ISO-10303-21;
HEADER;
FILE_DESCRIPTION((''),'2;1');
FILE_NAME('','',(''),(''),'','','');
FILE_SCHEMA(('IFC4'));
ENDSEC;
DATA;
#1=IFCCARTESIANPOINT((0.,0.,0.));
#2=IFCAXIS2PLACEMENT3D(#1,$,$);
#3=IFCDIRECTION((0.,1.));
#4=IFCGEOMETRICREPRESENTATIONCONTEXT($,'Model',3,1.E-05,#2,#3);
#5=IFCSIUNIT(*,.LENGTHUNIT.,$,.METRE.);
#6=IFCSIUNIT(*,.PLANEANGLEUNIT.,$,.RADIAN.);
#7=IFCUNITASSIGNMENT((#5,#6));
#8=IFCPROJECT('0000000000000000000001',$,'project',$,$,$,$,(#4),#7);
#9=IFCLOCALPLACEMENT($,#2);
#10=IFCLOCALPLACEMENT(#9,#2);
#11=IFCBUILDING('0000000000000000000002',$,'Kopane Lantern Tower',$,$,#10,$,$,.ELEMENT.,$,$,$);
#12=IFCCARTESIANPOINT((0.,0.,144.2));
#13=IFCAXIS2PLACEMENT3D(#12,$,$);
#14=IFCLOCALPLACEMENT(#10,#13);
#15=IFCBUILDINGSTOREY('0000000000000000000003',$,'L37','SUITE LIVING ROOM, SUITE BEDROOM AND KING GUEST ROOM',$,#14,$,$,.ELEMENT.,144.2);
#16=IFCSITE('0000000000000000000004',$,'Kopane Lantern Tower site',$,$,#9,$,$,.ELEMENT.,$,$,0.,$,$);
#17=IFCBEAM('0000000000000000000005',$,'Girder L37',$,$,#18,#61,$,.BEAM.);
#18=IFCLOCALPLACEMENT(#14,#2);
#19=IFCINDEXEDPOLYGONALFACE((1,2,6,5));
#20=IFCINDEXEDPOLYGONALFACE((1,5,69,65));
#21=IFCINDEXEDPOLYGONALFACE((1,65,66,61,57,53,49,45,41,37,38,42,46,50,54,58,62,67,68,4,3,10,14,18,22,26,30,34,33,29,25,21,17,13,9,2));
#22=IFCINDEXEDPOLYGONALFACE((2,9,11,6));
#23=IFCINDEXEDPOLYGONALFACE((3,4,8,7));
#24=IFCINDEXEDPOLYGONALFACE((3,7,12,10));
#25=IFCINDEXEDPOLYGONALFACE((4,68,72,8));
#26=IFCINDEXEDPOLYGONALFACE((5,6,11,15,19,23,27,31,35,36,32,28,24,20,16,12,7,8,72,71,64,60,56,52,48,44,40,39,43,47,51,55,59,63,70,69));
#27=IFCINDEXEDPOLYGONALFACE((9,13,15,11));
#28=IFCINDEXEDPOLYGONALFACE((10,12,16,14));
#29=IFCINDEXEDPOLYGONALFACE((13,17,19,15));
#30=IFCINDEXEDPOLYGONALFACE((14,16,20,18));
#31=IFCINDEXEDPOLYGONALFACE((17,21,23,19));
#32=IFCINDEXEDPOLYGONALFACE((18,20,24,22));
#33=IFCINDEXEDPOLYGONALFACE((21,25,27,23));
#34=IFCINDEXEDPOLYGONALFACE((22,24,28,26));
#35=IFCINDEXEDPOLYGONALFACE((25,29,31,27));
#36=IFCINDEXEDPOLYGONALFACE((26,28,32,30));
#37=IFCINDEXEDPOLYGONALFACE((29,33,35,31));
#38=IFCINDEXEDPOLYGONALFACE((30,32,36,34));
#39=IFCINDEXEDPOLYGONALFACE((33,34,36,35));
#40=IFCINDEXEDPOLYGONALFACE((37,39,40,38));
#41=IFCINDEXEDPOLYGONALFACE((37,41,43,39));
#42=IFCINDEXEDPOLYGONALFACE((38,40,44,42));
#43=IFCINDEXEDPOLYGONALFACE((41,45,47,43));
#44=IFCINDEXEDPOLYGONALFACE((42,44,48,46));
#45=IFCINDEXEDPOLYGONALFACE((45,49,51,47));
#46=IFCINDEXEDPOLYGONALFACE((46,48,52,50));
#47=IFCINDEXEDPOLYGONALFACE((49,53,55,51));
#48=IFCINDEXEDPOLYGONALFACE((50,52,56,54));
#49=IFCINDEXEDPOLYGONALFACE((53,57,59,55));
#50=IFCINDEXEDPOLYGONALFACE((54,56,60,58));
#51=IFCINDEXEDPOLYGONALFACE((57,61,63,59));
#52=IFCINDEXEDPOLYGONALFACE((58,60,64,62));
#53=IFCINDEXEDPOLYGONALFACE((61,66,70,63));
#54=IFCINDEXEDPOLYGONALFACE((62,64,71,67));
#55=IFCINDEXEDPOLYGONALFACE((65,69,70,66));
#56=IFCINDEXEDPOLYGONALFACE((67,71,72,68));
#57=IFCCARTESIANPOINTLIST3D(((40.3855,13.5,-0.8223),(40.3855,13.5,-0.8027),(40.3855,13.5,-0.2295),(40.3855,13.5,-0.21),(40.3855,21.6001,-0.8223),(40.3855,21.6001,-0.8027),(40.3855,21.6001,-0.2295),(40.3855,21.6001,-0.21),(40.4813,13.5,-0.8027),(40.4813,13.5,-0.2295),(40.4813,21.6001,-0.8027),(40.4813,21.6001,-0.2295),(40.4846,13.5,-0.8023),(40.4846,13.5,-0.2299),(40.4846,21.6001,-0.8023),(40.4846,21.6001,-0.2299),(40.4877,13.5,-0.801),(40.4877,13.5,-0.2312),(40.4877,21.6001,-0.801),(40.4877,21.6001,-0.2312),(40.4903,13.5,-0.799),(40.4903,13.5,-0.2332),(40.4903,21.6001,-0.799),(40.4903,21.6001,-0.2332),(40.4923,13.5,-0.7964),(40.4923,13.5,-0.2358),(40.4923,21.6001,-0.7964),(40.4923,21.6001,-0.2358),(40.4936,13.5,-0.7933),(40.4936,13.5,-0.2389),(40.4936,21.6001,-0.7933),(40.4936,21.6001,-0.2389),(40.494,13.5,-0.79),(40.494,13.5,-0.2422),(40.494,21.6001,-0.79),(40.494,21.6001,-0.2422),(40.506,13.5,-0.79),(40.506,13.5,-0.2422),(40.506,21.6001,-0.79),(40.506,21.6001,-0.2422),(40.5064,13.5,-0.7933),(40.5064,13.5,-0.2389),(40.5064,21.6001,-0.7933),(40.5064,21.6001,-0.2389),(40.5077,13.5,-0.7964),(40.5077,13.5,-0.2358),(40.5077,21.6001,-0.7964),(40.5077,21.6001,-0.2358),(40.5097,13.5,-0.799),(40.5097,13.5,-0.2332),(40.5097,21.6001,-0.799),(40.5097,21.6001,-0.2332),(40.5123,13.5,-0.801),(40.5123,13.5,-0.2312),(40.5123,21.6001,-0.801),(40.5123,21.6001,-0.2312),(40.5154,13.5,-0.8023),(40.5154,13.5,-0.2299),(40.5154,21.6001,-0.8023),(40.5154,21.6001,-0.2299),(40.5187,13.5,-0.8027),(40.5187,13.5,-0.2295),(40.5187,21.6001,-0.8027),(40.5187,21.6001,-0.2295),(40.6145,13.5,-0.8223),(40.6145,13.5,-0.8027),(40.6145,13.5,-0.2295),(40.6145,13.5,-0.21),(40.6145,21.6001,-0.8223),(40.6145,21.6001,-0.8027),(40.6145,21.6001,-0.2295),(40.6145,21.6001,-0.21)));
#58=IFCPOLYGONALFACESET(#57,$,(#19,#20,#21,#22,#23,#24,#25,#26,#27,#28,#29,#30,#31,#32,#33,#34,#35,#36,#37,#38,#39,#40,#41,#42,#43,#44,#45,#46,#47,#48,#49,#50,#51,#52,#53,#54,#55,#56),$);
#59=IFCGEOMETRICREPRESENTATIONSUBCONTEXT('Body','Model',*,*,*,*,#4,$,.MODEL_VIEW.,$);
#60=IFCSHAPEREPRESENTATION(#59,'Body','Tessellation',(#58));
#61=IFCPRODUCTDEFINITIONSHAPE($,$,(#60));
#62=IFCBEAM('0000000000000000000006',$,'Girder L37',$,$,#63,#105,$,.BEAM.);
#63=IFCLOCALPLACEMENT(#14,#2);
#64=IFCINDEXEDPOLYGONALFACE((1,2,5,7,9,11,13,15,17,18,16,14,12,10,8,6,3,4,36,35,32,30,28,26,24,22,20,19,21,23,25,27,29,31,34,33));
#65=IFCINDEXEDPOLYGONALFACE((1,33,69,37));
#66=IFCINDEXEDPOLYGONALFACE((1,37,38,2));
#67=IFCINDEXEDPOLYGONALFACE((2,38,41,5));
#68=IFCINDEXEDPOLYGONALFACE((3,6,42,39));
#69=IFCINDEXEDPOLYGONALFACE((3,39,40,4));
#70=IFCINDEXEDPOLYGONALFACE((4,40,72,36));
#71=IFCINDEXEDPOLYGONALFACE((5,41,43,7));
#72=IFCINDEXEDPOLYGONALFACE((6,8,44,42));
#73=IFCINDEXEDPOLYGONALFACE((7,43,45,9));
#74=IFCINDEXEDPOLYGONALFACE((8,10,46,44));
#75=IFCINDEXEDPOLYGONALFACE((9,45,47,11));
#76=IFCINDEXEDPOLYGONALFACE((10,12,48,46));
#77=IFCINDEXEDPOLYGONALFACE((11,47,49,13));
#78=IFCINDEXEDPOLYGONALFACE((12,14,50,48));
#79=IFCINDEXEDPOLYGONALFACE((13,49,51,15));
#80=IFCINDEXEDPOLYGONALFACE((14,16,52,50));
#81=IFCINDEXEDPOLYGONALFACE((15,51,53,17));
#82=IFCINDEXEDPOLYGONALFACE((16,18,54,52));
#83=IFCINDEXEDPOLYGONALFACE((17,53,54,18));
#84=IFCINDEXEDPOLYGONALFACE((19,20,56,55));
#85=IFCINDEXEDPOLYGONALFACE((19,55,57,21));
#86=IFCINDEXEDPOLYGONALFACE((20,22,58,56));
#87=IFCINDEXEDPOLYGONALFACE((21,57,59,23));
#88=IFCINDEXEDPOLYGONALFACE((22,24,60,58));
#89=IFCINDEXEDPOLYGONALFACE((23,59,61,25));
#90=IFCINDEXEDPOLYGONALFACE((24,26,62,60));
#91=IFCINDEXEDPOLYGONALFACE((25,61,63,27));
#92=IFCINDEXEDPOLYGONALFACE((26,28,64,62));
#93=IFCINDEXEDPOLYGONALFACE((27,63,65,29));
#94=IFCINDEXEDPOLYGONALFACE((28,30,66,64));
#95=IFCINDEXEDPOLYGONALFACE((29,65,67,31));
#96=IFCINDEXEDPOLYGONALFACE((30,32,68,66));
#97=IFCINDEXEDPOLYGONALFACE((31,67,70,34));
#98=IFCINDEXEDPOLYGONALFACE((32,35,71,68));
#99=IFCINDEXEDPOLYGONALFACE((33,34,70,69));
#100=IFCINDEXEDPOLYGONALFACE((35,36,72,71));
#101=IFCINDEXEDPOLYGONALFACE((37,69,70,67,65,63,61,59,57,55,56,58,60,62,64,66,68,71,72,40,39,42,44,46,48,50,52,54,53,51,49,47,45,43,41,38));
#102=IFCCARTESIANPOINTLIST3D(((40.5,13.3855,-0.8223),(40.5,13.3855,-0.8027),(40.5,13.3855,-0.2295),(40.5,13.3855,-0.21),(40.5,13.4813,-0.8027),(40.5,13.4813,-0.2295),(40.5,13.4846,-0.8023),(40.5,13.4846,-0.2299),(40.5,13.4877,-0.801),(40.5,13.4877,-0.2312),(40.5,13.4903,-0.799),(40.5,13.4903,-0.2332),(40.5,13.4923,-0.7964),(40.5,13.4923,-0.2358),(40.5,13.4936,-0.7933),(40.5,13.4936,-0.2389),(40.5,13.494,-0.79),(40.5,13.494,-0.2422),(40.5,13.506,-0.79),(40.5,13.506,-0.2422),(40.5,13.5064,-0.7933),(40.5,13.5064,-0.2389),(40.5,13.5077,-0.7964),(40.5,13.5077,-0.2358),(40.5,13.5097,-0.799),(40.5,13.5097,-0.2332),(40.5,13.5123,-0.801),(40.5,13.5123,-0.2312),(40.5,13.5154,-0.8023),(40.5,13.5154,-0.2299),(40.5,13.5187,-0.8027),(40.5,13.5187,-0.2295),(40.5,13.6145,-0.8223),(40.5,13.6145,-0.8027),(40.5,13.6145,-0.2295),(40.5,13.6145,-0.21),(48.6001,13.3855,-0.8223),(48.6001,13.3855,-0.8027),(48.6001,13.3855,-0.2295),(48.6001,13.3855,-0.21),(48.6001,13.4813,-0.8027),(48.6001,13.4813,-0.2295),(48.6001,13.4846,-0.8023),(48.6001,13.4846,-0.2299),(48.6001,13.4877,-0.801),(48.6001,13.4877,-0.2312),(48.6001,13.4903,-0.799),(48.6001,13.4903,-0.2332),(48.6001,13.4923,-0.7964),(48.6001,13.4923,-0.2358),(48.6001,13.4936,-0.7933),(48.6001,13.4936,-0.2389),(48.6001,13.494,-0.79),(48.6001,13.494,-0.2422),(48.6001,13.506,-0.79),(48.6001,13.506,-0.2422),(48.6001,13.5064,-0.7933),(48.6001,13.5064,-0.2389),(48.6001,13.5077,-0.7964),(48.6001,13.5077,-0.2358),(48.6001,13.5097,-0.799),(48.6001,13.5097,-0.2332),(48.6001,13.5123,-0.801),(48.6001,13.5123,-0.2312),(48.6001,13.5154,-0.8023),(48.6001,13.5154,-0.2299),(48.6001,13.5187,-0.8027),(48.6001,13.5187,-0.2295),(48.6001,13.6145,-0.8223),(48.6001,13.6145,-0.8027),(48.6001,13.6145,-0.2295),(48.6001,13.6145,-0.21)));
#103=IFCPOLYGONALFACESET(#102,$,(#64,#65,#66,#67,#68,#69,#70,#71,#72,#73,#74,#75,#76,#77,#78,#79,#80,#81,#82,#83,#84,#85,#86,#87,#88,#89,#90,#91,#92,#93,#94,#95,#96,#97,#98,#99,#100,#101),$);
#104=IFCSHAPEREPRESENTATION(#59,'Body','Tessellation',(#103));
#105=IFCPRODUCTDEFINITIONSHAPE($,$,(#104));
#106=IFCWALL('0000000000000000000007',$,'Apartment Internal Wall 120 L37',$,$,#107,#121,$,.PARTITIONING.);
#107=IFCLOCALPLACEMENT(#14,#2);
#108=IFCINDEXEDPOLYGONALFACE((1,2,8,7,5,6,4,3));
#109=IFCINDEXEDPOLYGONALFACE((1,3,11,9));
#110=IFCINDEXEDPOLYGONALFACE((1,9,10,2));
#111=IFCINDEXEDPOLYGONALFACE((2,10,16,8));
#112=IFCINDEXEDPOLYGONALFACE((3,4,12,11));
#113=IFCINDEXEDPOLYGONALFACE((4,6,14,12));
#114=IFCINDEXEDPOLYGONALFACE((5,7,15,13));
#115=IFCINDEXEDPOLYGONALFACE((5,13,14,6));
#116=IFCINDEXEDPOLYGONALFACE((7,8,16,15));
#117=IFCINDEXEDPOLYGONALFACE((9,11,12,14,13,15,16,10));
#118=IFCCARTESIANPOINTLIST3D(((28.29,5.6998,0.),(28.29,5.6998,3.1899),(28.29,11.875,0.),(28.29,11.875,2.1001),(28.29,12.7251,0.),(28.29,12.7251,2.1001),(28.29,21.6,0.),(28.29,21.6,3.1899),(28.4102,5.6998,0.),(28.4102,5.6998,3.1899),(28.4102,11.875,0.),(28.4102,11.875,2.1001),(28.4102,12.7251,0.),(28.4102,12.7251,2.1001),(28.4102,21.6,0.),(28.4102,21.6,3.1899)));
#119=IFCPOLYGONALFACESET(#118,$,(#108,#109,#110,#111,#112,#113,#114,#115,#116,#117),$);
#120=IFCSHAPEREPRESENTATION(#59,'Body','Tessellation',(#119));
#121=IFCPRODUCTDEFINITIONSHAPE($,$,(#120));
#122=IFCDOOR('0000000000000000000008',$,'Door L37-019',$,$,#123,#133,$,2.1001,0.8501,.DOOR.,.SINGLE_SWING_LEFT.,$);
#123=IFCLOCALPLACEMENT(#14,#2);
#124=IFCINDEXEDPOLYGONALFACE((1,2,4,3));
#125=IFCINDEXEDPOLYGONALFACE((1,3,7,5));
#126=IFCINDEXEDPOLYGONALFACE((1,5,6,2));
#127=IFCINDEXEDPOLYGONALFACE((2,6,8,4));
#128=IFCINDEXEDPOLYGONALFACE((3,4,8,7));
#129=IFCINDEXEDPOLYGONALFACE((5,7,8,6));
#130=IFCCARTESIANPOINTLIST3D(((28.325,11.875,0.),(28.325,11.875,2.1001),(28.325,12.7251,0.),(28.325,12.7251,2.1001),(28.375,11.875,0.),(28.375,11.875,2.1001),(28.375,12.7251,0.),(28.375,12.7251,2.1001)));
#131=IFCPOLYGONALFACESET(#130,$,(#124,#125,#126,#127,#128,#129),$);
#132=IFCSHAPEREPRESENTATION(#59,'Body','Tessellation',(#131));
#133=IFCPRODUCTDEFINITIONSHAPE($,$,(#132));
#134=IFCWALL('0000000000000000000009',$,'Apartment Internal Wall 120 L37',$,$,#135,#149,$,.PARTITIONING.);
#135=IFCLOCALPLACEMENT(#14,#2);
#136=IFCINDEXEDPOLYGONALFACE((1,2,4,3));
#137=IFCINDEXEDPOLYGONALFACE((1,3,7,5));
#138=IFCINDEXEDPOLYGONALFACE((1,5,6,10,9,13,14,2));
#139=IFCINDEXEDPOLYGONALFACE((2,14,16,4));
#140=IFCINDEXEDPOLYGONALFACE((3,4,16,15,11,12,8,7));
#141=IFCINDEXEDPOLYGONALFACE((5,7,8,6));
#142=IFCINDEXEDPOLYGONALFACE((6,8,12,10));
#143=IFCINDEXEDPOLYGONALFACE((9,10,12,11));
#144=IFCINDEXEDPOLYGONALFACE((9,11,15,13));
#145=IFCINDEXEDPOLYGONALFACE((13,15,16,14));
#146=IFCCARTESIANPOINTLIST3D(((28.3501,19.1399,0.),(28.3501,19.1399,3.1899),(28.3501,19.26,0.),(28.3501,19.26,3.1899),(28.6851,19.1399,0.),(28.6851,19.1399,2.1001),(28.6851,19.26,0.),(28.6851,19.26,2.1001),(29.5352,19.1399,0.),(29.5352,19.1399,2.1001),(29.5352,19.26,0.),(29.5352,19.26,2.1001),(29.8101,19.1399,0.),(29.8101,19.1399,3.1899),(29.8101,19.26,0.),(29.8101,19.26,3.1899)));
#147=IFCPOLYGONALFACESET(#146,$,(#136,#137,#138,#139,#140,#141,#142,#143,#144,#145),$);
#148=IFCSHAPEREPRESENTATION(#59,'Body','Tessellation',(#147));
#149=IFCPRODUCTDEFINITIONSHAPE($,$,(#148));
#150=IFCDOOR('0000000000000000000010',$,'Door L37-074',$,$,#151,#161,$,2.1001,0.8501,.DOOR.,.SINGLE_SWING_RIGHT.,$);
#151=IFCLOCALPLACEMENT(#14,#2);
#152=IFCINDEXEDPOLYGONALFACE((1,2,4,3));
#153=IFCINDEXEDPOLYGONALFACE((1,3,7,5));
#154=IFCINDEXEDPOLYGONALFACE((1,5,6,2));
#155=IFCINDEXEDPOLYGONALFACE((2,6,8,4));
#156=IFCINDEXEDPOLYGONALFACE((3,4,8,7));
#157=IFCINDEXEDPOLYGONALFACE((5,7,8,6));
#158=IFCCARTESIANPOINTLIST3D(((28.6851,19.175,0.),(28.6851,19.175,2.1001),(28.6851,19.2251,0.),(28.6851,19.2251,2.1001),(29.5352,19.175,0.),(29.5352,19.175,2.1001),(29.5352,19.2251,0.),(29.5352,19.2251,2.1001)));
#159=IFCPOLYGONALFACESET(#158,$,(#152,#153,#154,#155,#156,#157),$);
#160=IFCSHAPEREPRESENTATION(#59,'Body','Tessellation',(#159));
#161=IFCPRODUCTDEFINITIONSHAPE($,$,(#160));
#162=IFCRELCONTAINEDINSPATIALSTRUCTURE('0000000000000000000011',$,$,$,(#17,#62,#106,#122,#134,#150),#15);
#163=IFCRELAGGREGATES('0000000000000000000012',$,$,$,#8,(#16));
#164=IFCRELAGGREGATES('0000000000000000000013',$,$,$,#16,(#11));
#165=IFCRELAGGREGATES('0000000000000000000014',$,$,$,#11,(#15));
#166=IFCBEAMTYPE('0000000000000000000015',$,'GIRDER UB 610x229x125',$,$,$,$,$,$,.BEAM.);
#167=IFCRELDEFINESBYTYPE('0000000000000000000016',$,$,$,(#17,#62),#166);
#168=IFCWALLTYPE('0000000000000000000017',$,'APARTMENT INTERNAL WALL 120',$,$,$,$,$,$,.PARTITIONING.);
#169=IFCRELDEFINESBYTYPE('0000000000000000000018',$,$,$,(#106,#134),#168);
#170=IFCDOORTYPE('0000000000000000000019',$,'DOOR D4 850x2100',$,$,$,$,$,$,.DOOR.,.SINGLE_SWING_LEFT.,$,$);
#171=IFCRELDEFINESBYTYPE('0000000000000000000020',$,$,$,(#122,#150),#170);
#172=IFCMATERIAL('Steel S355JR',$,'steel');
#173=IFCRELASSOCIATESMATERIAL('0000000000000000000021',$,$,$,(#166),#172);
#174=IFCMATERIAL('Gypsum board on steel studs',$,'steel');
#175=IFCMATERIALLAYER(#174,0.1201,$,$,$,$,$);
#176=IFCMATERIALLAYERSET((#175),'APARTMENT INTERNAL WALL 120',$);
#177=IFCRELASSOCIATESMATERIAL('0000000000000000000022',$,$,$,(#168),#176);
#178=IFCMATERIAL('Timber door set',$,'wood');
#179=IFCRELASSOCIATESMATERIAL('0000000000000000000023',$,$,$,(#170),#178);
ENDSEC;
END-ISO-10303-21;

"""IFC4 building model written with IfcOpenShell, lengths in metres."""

from ifc_helpers import new_model, si_unit, direction, frame, frame_2d, origin, origin_2d, place, context, subcontext, project, spatial, rectangle, i_section, extrude, material, layer, layer_set, material_profile, profile_set, type_object, element, fill, save


model = new_model("IFC4")

# Units and contexts
model_context = context("Model", 3, precision=1e-05, world=origin(), true_north=direction((0.0, 1.0)))
body_context = subcontext(model_context, "Body", "Model", "MODEL_VIEW")
ifc_project = project(units=[si_unit("LENGTHUNIT", "METRE"), si_unit("PLANEANGLEUNIT", "RADIAN")], contexts=[model_context])

# Site, building, storey
site_placement = place(None, origin())
site = spatial("IfcSite", under=ifc_project, at=site_placement, Name="Kopane Lantern Tower site", CompositionType="ELEMENT", RefElevation=0.0)
building_placement = place(site_placement, origin())
building = spatial("IfcBuilding", under=site, at=building_placement, Name="Kopane Lantern Tower", CompositionType="ELEMENT")
storey_placement = place(building_placement, frame((0.0, 0.0, 144.2)))
storey = spatial("IfcBuildingStorey", under=building, at=storey_placement, Name="L37", Description="SUITE LIVING ROOM, SUITE BEDROOM AND KING GUEST ROOM", CompositionType="ELEMENT", Elevation=144.2)

# Beams
ifc_material_1 = material(Name="Steel S355JR", Category="steel")
ifc_material_profile_1 = material_profile(ifc_material_1, i_section(OverallWidth=0.229, OverallDepth=0.6123, WebThickness=0.012, FlangeThickness=0.0195, FilletRadius=0.0127, at=origin_2d()), Name="UB 610x229x125")
ifc_profile_set_1 = profile_set([ifc_material_profile_1], Name="Steel S355JR")
beam_type_1 = type_object("IfcBeamType", Name="GIRDER UB 610x229x125", PredefinedType="BEAM", material=ifc_profile_set_1)
for number, where, z_axis, x_axis, name in (
    (1, (40.5, 13.5, -0.5161), (0.0, 1.0, 0.0), (-1.0, 0.0, 0.0), "Girder L37"),
    (2, (40.5, 13.5, -0.5161), (1.0, 0.0, 0.0), (0.0, 1.0, 0.0), "Girder L37"),
):
    element("IfcBeam", number, at=place(storey_placement, frame(where, z_axis=z_axis, x_axis=x_axis)), inside=storey, type_object=beam_type_1, Name=name, PredefinedType="BEAM", context=body_context, shape_type="SweptSolid", body=[
        extrude(i_section(OverallWidth=0.229, OverallDepth=0.6123, WebThickness=0.012, FlangeThickness=0.0195, FilletRadius=0.0127, at=origin_2d()), origin(), (0.0, 0.0, 1.0), 8.1001),
    ])

# Walls, openings, doors
ifc_material_2 = material(Name="Gypsum board on steel studs", Category="steel")
ifc_layer_1 = layer(ifc_material_2, 0.1201)
ifc_layer_set_1 = layer_set([ifc_layer_1], Name="APARTMENT INTERNAL WALL 120")
wall_type_1 = type_object("IfcWallType", Name="APARTMENT INTERNAL WALL 120", PredefinedType="PARTITIONING", material=ifc_layer_set_1)
wall_1_placement = place(storey_placement, frame((28.3501, 21.6001, 0.0), z_axis=(0.0, 0.0, 1.0), x_axis=(0.0, -1.0, 0.0)))
wall_1 = element("IfcWall", 3, at=wall_1_placement, inside=storey, type_object=wall_type_1, Name="Apartment Internal Wall 120 L37", PredefinedType="PARTITIONING", context=body_context, shape_type="SweptSolid", body=[
    extrude(rectangle(XDim=15.9001, YDim=0.1201, at=frame_2d((7.9502, 0.0))), origin(), (0.0, 0.0, 1.0), 3.1899),
])
opening_1_placement = place(wall_1_placement, frame((8.875, 0.0, 0.0)))
opening_1 = element("IfcOpeningElement", 4, at=opening_1_placement, cuts=wall_1, PredefinedType="OPENING", context=body_context, shape_type="SweptSolid", body=[
    extrude(rectangle(XDim=0.8501, YDim=2.1001, at=frame_2d((0.425, 1.05))), frame((0.0, 0.0701, 0.0), z_axis=(0.0, -1.0, 0.0), x_axis=(1.0, 0.0, 0.0)), (0.0, 0.0, 1.0), 0.1401),
])
ifc_material_3 = material(Name="Timber door set", Category="wood")
door_type_1 = type_object("IfcDoorType", Name="DOOR D4 850x2100", OperationType="SINGLE_SWING_LEFT", PredefinedType="DOOR", material=ifc_material_3)
door_1_placement = place(opening_1_placement, origin())
door_1 = element("IfcDoor", 5, at=door_1_placement, inside=storey, type_object=door_type_1, Name="Door L37-019", OperationType="SINGLE_SWING_LEFT", OverallHeight=2.1001, OverallWidth=0.8501, PredefinedType="DOOR", context=body_context, shape_type="SweptSolid", body=[
    extrude(rectangle(XDim=0.8501, YDim=2.1001, at=frame_2d((0.425, 1.05))), frame((0.0, 0.0249, 0.0), z_axis=(0.0, -1.0, 0.0), x_axis=(1.0, 0.0, 0.0)), (0.0, 0.0, 1.0), 0.05),
])
fill(opening_1, door_1)
wall_2_placement = place(storey_placement, frame((29.8101, 19.2, 0.0), z_axis=(0.0, 0.0, 1.0), x_axis=(-1.0, 0.0, 0.0)))
wall_2 = element("IfcWall", 6, at=wall_2_placement, inside=storey, type_object=wall_type_1, Name="Apartment Internal Wall 120 L37", PredefinedType="PARTITIONING", context=body_context, shape_type="SweptSolid", body=[
    extrude(rectangle(XDim=1.46, YDim=0.1201, at=frame_2d((0.73, 0.0))), origin(), (0.0, 0.0, 1.0), 3.1899),
])
opening_2_placement = place(wall_2_placement, frame((0.2749, 0.0, 0.0)))
opening_2 = element("IfcOpeningElement", 7, at=opening_2_placement, cuts=wall_2, PredefinedType="OPENING", context=body_context, shape_type="SweptSolid", body=[
    extrude(rectangle(XDim=0.8501, YDim=2.1001, at=frame_2d((0.425, 1.05))), frame((0.0, 0.0701, 0.0), z_axis=(0.0, -1.0, 0.0), x_axis=(1.0, 0.0, 0.0)), (0.0, 0.0, 1.0), 0.1401),
])
door_2_placement = place(opening_2_placement, origin())
door_2 = element("IfcDoor", 8, at=door_2_placement, inside=storey, type_object=door_type_1, Name="Door L37-074", OperationType="SINGLE_SWING_RIGHT", OverallHeight=2.1001, OverallWidth=0.8501, PredefinedType="DOOR", context=body_context, shape_type="SweptSolid", body=[
    extrude(rectangle(XDim=0.8501, YDim=2.1001, at=frame_2d((0.425, 1.05))), frame((0.0, 0.0249, 0.0), z_axis=(0.0, -1.0, 0.0), x_axis=(1.0, 0.0, 0.0)), (0.0, 0.0, 1.0), 0.05),
])
fill(opening_2, door_2)

save(model, "model.ifc")
